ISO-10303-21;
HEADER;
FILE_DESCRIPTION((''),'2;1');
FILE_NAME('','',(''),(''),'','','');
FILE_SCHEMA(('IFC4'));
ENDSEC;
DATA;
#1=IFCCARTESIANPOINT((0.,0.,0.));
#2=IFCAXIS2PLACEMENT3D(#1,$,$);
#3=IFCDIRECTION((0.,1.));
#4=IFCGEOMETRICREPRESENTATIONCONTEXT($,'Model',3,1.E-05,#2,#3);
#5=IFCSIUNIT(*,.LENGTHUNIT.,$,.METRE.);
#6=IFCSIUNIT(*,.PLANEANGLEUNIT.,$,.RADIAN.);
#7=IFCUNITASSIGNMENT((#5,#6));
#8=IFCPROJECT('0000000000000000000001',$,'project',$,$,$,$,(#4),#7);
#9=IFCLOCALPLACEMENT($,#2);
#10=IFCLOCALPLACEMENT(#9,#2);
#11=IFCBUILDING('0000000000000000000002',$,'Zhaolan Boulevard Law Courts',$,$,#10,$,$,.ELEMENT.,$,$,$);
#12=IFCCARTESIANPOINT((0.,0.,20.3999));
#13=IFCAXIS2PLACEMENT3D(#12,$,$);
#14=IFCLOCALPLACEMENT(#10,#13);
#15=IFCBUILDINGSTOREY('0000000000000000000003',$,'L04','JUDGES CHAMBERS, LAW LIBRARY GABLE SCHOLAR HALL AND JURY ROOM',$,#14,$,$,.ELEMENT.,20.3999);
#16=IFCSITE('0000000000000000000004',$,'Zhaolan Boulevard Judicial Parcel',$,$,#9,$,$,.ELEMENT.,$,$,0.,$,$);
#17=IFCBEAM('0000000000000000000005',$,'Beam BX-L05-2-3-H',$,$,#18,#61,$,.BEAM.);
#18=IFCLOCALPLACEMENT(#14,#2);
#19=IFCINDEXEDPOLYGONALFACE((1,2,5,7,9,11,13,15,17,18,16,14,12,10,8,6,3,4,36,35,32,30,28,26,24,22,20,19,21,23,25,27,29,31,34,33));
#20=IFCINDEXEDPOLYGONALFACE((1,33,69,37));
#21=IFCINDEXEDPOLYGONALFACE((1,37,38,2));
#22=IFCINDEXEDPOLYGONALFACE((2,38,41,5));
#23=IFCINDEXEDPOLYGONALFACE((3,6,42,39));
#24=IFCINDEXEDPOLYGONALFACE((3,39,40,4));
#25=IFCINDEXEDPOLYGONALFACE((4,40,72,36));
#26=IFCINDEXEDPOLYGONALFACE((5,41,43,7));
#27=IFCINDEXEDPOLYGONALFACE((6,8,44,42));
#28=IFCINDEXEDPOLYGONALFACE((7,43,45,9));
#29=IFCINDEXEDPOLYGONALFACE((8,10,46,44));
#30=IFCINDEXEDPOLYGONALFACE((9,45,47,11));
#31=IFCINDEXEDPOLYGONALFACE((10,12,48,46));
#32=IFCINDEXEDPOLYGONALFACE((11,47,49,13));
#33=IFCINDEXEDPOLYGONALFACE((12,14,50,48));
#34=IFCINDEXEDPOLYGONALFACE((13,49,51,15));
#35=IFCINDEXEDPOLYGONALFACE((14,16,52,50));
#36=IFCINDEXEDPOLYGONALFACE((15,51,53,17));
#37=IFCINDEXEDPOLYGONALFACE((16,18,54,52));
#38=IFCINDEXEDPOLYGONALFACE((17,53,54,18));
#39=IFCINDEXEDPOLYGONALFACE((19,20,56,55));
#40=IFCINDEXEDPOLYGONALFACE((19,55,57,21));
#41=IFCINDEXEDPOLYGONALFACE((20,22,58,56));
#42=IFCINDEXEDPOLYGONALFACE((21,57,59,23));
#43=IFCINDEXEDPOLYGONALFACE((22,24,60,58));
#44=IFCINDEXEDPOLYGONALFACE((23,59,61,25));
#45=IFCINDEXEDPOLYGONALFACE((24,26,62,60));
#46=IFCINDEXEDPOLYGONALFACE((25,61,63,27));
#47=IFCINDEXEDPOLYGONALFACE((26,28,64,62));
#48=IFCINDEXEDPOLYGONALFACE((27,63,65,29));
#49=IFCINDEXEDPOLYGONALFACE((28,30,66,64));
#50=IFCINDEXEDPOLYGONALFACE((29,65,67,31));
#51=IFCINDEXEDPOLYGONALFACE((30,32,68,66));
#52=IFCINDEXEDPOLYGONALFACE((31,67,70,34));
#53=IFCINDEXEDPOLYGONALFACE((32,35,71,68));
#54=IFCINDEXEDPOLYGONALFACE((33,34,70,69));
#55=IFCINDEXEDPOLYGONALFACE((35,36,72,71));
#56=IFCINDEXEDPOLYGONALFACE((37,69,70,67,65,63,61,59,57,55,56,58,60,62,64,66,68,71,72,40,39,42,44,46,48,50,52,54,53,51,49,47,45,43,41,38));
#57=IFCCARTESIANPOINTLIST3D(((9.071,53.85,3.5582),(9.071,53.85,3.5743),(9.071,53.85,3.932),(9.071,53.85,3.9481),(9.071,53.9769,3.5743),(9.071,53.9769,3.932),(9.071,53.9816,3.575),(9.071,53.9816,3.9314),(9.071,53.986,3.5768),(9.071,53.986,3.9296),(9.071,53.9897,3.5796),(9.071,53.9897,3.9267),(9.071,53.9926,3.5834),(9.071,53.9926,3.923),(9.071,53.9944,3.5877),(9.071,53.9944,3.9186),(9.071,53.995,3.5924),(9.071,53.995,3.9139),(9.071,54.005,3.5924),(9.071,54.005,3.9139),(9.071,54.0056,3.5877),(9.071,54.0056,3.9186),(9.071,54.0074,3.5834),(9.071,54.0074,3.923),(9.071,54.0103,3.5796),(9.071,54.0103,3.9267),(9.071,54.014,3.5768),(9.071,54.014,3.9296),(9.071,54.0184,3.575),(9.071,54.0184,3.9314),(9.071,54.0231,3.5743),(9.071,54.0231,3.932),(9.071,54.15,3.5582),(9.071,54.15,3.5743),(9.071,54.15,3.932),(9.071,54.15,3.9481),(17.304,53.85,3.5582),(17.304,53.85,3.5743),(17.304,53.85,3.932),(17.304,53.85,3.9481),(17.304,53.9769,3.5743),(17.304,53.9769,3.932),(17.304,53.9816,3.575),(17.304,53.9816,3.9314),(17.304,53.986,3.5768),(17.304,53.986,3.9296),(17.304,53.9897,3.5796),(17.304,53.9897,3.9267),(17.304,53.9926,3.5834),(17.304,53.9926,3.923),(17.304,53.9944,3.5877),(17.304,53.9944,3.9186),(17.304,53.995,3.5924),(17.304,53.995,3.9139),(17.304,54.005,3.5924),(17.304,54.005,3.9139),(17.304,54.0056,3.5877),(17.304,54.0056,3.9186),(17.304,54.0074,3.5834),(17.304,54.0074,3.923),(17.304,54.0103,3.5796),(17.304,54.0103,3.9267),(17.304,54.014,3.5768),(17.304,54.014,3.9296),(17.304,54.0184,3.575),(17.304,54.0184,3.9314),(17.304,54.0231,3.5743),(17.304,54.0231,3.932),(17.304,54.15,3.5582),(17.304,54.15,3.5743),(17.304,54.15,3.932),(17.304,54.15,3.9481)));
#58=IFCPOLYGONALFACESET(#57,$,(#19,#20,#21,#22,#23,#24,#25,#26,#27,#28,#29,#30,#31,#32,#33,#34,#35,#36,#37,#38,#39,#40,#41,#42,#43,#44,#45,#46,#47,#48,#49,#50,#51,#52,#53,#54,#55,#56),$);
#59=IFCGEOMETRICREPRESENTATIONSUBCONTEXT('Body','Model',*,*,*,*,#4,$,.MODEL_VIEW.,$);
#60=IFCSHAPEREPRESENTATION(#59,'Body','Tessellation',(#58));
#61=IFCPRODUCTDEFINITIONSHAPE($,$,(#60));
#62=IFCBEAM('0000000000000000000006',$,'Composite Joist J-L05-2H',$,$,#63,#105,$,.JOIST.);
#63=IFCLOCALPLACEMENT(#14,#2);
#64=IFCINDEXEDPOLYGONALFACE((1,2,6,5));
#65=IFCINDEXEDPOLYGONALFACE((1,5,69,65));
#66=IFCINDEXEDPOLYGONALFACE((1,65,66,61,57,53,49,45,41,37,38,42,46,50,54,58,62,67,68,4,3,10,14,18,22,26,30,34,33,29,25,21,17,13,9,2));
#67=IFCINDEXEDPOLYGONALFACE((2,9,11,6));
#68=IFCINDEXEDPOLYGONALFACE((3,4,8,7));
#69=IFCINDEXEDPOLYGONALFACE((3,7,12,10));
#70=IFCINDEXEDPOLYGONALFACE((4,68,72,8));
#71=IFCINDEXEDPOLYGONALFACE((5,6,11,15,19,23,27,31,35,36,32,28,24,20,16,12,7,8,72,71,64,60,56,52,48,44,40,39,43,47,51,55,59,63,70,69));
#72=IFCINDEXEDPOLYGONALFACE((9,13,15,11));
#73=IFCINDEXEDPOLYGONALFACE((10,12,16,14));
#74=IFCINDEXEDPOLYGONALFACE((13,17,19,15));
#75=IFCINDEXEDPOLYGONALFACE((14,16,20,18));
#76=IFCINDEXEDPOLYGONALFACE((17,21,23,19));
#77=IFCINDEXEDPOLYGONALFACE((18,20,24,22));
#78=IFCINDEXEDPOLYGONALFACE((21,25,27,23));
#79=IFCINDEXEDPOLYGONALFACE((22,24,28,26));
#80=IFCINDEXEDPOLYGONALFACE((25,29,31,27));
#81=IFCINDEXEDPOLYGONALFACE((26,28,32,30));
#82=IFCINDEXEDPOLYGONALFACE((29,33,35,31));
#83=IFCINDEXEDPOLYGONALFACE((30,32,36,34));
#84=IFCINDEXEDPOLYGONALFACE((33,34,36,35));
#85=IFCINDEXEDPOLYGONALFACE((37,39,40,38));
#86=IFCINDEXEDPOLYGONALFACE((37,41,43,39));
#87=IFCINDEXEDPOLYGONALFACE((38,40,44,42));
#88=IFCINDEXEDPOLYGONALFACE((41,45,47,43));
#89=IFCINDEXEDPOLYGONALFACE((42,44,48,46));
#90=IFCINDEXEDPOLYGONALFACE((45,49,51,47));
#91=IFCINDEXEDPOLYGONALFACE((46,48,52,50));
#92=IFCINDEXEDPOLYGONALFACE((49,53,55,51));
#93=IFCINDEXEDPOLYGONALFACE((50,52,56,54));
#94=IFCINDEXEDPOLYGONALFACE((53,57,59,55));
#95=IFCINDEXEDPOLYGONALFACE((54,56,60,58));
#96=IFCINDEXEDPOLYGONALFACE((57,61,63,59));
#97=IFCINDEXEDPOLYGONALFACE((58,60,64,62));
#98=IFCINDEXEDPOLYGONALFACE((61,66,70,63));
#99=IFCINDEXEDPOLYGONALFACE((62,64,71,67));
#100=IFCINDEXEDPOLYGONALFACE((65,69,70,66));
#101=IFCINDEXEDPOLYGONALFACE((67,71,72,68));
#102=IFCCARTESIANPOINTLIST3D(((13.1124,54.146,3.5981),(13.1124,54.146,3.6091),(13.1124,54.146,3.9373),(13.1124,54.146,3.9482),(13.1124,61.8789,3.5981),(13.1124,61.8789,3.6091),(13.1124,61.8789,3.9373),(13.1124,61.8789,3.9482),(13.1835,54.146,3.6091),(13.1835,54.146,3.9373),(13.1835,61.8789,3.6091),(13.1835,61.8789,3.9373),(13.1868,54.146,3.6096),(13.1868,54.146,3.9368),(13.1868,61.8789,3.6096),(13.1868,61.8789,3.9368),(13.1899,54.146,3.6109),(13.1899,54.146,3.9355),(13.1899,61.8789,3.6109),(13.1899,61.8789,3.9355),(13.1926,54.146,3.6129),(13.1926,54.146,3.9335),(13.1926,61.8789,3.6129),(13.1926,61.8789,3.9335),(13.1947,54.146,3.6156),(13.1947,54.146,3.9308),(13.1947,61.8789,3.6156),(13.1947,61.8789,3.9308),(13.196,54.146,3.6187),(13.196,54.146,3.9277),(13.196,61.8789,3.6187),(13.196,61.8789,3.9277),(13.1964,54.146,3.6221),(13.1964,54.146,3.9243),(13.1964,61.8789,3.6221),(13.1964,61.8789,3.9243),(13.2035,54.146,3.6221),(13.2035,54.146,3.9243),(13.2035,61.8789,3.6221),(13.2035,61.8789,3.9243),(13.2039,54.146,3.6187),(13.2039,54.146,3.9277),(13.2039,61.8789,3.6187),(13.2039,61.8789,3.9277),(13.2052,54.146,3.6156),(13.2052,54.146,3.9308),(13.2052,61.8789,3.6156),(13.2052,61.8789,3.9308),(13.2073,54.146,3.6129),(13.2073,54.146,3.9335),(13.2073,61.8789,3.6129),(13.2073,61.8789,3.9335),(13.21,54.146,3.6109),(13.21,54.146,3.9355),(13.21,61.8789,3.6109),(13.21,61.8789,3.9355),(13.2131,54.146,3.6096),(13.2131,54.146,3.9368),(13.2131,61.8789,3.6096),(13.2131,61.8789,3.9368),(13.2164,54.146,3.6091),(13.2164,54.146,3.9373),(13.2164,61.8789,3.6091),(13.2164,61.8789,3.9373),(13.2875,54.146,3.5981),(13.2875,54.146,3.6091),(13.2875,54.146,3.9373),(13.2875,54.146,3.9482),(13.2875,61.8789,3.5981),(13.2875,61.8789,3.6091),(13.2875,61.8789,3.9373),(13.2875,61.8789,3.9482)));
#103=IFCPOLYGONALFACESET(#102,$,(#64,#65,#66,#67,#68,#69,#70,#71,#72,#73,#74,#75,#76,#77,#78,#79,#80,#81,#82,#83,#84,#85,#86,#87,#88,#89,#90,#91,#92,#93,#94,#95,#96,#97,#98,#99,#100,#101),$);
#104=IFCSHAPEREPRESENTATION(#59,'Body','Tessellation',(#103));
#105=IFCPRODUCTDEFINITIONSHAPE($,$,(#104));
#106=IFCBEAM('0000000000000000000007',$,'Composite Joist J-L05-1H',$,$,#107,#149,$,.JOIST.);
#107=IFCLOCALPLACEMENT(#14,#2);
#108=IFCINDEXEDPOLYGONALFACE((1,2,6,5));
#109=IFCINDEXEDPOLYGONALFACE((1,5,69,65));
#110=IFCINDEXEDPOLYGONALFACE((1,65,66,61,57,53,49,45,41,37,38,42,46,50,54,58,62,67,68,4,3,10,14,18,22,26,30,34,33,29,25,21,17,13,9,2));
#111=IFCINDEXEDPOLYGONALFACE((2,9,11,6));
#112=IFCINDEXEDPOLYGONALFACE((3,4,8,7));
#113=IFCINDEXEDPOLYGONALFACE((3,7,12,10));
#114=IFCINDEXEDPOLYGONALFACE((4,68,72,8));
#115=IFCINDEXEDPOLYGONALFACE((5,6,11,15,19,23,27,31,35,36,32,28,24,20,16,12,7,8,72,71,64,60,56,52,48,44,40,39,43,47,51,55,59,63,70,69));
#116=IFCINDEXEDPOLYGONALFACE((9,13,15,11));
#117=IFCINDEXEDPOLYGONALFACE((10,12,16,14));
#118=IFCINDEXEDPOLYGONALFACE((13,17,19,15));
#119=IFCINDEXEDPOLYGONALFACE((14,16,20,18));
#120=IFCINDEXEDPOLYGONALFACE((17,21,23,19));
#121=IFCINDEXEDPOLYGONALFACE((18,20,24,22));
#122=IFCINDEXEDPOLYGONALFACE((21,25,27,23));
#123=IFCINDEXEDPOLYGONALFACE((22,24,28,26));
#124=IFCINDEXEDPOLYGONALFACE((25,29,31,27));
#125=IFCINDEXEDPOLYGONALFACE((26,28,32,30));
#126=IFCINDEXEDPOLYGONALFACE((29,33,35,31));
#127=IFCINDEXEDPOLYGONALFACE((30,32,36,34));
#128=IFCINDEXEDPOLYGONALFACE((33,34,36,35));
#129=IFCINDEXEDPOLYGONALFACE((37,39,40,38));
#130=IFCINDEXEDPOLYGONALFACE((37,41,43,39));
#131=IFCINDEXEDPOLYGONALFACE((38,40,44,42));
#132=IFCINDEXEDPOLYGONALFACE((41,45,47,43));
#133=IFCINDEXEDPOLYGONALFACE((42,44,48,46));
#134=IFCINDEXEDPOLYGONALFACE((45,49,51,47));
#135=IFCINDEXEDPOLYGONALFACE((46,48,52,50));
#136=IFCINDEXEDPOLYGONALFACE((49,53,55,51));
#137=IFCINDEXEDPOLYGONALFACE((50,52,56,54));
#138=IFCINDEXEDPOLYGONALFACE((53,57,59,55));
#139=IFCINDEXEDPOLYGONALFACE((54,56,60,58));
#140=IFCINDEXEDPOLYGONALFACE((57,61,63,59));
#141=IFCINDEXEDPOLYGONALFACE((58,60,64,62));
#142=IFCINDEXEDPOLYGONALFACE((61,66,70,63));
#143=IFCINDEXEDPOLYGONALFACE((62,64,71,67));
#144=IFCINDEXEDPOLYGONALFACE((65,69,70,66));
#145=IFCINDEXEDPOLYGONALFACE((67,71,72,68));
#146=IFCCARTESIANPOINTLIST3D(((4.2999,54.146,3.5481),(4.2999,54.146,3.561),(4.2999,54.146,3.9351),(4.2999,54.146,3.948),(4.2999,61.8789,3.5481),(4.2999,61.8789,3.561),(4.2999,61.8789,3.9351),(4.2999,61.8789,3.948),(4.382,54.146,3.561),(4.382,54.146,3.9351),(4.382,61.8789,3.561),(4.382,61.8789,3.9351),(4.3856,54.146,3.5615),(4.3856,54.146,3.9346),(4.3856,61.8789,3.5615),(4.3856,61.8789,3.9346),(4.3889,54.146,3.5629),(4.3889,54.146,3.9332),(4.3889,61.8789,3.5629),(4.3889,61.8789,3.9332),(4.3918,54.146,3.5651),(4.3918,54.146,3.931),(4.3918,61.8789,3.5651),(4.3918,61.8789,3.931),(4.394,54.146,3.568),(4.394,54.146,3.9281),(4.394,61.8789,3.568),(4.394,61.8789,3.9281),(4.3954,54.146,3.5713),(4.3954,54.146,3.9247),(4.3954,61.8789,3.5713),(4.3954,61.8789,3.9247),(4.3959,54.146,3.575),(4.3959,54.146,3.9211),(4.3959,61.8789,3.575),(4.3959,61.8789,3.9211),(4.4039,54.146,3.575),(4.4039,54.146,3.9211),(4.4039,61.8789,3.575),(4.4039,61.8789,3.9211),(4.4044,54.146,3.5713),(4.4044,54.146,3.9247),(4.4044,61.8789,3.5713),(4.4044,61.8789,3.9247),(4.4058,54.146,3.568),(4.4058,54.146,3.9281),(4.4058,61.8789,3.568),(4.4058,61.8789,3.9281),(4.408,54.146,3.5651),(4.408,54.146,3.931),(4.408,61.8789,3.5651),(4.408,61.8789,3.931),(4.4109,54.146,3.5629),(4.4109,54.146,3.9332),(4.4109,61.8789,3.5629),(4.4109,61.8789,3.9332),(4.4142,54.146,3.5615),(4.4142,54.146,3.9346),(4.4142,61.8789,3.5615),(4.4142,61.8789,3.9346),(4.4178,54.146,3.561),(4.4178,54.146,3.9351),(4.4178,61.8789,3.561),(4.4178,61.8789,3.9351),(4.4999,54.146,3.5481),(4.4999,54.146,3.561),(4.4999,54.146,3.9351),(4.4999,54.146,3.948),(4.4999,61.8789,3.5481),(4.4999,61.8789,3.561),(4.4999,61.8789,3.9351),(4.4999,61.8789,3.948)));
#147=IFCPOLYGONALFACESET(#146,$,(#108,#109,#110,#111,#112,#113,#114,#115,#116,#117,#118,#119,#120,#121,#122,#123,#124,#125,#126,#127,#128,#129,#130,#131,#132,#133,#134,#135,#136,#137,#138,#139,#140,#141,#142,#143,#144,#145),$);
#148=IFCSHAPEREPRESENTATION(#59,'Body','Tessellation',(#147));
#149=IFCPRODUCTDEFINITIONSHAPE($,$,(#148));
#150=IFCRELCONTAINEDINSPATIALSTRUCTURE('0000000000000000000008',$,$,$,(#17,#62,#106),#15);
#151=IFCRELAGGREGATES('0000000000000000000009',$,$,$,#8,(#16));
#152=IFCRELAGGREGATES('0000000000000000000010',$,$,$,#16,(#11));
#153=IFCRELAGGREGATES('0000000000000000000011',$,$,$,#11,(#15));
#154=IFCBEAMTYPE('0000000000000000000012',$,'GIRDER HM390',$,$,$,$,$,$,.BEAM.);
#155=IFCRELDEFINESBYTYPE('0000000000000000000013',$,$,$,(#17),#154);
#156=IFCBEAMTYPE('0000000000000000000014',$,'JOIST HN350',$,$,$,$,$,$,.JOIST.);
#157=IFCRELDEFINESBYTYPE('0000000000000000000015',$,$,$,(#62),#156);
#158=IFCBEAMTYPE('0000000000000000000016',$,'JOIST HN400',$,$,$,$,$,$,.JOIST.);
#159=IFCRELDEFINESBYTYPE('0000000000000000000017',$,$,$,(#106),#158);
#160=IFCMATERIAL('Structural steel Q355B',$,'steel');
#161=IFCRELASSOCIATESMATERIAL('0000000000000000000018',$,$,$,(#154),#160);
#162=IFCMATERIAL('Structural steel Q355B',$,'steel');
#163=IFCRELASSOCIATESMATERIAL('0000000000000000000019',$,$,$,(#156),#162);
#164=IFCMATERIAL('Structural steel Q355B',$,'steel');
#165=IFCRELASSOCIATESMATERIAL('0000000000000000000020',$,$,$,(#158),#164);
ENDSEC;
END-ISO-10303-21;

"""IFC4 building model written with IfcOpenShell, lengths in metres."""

from ifc_helpers import new_model, si_unit, direction, frame, origin, origin_2d, place, context, subcontext, project, spatial, i_section, extrude, material, material_profile, profile_set, type_object, element, save


model = new_model("IFC4")

# Units and contexts
model_context = context("Model", 3, precision=1e-05, world=origin(), true_north=direction((0.0, 1.0)))
body_context = subcontext(model_context, "Body", "Model", "MODEL_VIEW")
ifc_project = project(units=[si_unit("LENGTHUNIT", "METRE"), si_unit("PLANEANGLEUNIT", "RADIAN")], contexts=[model_context])

# Site, building, storey
site_placement = place(None, origin())
site = spatial("IfcSite", under=ifc_project, at=site_placement, Name="Zhaolan Boulevard Judicial Parcel", CompositionType="ELEMENT", RefElevation=0.0)
building_placement = place(site_placement, origin())
building = spatial("IfcBuilding", under=site, at=building_placement, Name="Zhaolan Boulevard Law Courts", CompositionType="ELEMENT")
storey_placement = place(building_placement, frame((0.0, 0.0, 20.3999)))
storey = spatial("IfcBuildingStorey", under=building, at=storey_placement, Name="L04", Description="JUDGES CHAMBERS, LAW LIBRARY GABLE SCHOLAR HALL AND JURY ROOM", CompositionType="ELEMENT", Elevation=20.3999)

# Beams
ifc_material_1 = material(Name="Structural steel Q355B", Category="steel")
ifc_material_profile_1 = material_profile(ifc_material_1, i_section(OverallWidth=0.3, OverallDepth=0.3899, WebThickness=0.01, FlangeThickness=0.0161, FilletRadius=0.0181, at=origin_2d()), Name="HM390x300")
ifc_profile_set_1 = profile_set([ifc_material_profile_1], Name="Structural steel Q355B")
beam_type_1 = type_object("IfcBeamType", Name="GIRDER HM390", PredefinedType="BEAM", material=ifc_profile_set_1)
beam_1_placement = place(storey_placement, frame((9.071, 54.0, 3.7532), z_axis=(1.0, 0.0, 0.0), x_axis=(0.0, 1.0, 0.0)))
element("IfcBeam", 1, at=beam_1_placement, inside=storey, type_object=beam_type_1, Name="Beam BX-L05-2-3-H", PredefinedType="BEAM", context=body_context, shape_type="SweptSolid", body=[
    extrude(i_section(OverallWidth=0.3, OverallDepth=0.3899, WebThickness=0.01, FlangeThickness=0.0161, FilletRadius=0.0181, at=origin_2d()), origin(), (0.0, 0.0, 1.0), 8.2329),
])
ifc_material_2 = material(Name="Structural steel Q355B", Category="steel")
ifc_material_profile_2 = material_profile(ifc_material_2, i_section(OverallWidth=0.175, OverallDepth=0.3501, WebThickness=0.0071, FlangeThickness=0.011, FilletRadius=0.0129, at=origin_2d()), Name="HN350x175")
ifc_profile_set_2 = profile_set([ifc_material_profile_2], Name="Structural steel Q355B")
beam_type_2 = type_object("IfcBeamType", Name="JOIST HN350", PredefinedType="JOIST", material=ifc_profile_set_2)
beam_2_placement = place(storey_placement, frame((13.2, 54.146, 3.7732), z_axis=(0.0, 1.0, 0.0), x_axis=(-1.0, 0.0, 0.0)))
element("IfcBeam", 2, at=beam_2_placement, inside=storey, type_object=beam_type_2, Name="Composite Joist J-L05-2H", PredefinedType="JOIST", context=body_context, shape_type="SweptSolid", body=[
    extrude(i_section(OverallWidth=0.175, OverallDepth=0.3501, WebThickness=0.0071, FlangeThickness=0.011, FilletRadius=0.0129, at=origin_2d()), origin(), (0.0, 0.0, 1.0), 7.7329),
])
ifc_material_3 = material(Name="Structural steel Q355B", Category="steel")
ifc_material_profile_3 = material_profile(ifc_material_3, i_section(OverallWidth=0.2, OverallDepth=0.3999, WebThickness=0.0081, FlangeThickness=0.0129, FilletRadius=0.0139, at=origin_2d()), Name="HN400x200")
ifc_profile_set_3 = profile_set([ifc_material_profile_3], Name="Structural steel Q355B")
beam_type_3 = type_object("IfcBeamType", Name="JOIST HN400", PredefinedType="JOIST", material=ifc_profile_set_3)
beam_3_placement = place(storey_placement, frame((4.3999, 54.146, 3.748), z_axis=(0.0, 1.0, 0.0), x_axis=(-1.0, 0.0, 0.0)))
element("IfcBeam", 3, at=beam_3_placement, inside=storey, type_object=beam_type_3, Name="Composite Joist J-L05-1H", PredefinedType="JOIST", context=body_context, shape_type="SweptSolid", body=[
    extrude(i_section(OverallWidth=0.2, OverallDepth=0.3999, WebThickness=0.0081, FlangeThickness=0.0129, FilletRadius=0.0139, at=origin_2d()), origin(), (0.0, 0.0, 1.0), 7.7329),
])

save(model, "model.ifc")
